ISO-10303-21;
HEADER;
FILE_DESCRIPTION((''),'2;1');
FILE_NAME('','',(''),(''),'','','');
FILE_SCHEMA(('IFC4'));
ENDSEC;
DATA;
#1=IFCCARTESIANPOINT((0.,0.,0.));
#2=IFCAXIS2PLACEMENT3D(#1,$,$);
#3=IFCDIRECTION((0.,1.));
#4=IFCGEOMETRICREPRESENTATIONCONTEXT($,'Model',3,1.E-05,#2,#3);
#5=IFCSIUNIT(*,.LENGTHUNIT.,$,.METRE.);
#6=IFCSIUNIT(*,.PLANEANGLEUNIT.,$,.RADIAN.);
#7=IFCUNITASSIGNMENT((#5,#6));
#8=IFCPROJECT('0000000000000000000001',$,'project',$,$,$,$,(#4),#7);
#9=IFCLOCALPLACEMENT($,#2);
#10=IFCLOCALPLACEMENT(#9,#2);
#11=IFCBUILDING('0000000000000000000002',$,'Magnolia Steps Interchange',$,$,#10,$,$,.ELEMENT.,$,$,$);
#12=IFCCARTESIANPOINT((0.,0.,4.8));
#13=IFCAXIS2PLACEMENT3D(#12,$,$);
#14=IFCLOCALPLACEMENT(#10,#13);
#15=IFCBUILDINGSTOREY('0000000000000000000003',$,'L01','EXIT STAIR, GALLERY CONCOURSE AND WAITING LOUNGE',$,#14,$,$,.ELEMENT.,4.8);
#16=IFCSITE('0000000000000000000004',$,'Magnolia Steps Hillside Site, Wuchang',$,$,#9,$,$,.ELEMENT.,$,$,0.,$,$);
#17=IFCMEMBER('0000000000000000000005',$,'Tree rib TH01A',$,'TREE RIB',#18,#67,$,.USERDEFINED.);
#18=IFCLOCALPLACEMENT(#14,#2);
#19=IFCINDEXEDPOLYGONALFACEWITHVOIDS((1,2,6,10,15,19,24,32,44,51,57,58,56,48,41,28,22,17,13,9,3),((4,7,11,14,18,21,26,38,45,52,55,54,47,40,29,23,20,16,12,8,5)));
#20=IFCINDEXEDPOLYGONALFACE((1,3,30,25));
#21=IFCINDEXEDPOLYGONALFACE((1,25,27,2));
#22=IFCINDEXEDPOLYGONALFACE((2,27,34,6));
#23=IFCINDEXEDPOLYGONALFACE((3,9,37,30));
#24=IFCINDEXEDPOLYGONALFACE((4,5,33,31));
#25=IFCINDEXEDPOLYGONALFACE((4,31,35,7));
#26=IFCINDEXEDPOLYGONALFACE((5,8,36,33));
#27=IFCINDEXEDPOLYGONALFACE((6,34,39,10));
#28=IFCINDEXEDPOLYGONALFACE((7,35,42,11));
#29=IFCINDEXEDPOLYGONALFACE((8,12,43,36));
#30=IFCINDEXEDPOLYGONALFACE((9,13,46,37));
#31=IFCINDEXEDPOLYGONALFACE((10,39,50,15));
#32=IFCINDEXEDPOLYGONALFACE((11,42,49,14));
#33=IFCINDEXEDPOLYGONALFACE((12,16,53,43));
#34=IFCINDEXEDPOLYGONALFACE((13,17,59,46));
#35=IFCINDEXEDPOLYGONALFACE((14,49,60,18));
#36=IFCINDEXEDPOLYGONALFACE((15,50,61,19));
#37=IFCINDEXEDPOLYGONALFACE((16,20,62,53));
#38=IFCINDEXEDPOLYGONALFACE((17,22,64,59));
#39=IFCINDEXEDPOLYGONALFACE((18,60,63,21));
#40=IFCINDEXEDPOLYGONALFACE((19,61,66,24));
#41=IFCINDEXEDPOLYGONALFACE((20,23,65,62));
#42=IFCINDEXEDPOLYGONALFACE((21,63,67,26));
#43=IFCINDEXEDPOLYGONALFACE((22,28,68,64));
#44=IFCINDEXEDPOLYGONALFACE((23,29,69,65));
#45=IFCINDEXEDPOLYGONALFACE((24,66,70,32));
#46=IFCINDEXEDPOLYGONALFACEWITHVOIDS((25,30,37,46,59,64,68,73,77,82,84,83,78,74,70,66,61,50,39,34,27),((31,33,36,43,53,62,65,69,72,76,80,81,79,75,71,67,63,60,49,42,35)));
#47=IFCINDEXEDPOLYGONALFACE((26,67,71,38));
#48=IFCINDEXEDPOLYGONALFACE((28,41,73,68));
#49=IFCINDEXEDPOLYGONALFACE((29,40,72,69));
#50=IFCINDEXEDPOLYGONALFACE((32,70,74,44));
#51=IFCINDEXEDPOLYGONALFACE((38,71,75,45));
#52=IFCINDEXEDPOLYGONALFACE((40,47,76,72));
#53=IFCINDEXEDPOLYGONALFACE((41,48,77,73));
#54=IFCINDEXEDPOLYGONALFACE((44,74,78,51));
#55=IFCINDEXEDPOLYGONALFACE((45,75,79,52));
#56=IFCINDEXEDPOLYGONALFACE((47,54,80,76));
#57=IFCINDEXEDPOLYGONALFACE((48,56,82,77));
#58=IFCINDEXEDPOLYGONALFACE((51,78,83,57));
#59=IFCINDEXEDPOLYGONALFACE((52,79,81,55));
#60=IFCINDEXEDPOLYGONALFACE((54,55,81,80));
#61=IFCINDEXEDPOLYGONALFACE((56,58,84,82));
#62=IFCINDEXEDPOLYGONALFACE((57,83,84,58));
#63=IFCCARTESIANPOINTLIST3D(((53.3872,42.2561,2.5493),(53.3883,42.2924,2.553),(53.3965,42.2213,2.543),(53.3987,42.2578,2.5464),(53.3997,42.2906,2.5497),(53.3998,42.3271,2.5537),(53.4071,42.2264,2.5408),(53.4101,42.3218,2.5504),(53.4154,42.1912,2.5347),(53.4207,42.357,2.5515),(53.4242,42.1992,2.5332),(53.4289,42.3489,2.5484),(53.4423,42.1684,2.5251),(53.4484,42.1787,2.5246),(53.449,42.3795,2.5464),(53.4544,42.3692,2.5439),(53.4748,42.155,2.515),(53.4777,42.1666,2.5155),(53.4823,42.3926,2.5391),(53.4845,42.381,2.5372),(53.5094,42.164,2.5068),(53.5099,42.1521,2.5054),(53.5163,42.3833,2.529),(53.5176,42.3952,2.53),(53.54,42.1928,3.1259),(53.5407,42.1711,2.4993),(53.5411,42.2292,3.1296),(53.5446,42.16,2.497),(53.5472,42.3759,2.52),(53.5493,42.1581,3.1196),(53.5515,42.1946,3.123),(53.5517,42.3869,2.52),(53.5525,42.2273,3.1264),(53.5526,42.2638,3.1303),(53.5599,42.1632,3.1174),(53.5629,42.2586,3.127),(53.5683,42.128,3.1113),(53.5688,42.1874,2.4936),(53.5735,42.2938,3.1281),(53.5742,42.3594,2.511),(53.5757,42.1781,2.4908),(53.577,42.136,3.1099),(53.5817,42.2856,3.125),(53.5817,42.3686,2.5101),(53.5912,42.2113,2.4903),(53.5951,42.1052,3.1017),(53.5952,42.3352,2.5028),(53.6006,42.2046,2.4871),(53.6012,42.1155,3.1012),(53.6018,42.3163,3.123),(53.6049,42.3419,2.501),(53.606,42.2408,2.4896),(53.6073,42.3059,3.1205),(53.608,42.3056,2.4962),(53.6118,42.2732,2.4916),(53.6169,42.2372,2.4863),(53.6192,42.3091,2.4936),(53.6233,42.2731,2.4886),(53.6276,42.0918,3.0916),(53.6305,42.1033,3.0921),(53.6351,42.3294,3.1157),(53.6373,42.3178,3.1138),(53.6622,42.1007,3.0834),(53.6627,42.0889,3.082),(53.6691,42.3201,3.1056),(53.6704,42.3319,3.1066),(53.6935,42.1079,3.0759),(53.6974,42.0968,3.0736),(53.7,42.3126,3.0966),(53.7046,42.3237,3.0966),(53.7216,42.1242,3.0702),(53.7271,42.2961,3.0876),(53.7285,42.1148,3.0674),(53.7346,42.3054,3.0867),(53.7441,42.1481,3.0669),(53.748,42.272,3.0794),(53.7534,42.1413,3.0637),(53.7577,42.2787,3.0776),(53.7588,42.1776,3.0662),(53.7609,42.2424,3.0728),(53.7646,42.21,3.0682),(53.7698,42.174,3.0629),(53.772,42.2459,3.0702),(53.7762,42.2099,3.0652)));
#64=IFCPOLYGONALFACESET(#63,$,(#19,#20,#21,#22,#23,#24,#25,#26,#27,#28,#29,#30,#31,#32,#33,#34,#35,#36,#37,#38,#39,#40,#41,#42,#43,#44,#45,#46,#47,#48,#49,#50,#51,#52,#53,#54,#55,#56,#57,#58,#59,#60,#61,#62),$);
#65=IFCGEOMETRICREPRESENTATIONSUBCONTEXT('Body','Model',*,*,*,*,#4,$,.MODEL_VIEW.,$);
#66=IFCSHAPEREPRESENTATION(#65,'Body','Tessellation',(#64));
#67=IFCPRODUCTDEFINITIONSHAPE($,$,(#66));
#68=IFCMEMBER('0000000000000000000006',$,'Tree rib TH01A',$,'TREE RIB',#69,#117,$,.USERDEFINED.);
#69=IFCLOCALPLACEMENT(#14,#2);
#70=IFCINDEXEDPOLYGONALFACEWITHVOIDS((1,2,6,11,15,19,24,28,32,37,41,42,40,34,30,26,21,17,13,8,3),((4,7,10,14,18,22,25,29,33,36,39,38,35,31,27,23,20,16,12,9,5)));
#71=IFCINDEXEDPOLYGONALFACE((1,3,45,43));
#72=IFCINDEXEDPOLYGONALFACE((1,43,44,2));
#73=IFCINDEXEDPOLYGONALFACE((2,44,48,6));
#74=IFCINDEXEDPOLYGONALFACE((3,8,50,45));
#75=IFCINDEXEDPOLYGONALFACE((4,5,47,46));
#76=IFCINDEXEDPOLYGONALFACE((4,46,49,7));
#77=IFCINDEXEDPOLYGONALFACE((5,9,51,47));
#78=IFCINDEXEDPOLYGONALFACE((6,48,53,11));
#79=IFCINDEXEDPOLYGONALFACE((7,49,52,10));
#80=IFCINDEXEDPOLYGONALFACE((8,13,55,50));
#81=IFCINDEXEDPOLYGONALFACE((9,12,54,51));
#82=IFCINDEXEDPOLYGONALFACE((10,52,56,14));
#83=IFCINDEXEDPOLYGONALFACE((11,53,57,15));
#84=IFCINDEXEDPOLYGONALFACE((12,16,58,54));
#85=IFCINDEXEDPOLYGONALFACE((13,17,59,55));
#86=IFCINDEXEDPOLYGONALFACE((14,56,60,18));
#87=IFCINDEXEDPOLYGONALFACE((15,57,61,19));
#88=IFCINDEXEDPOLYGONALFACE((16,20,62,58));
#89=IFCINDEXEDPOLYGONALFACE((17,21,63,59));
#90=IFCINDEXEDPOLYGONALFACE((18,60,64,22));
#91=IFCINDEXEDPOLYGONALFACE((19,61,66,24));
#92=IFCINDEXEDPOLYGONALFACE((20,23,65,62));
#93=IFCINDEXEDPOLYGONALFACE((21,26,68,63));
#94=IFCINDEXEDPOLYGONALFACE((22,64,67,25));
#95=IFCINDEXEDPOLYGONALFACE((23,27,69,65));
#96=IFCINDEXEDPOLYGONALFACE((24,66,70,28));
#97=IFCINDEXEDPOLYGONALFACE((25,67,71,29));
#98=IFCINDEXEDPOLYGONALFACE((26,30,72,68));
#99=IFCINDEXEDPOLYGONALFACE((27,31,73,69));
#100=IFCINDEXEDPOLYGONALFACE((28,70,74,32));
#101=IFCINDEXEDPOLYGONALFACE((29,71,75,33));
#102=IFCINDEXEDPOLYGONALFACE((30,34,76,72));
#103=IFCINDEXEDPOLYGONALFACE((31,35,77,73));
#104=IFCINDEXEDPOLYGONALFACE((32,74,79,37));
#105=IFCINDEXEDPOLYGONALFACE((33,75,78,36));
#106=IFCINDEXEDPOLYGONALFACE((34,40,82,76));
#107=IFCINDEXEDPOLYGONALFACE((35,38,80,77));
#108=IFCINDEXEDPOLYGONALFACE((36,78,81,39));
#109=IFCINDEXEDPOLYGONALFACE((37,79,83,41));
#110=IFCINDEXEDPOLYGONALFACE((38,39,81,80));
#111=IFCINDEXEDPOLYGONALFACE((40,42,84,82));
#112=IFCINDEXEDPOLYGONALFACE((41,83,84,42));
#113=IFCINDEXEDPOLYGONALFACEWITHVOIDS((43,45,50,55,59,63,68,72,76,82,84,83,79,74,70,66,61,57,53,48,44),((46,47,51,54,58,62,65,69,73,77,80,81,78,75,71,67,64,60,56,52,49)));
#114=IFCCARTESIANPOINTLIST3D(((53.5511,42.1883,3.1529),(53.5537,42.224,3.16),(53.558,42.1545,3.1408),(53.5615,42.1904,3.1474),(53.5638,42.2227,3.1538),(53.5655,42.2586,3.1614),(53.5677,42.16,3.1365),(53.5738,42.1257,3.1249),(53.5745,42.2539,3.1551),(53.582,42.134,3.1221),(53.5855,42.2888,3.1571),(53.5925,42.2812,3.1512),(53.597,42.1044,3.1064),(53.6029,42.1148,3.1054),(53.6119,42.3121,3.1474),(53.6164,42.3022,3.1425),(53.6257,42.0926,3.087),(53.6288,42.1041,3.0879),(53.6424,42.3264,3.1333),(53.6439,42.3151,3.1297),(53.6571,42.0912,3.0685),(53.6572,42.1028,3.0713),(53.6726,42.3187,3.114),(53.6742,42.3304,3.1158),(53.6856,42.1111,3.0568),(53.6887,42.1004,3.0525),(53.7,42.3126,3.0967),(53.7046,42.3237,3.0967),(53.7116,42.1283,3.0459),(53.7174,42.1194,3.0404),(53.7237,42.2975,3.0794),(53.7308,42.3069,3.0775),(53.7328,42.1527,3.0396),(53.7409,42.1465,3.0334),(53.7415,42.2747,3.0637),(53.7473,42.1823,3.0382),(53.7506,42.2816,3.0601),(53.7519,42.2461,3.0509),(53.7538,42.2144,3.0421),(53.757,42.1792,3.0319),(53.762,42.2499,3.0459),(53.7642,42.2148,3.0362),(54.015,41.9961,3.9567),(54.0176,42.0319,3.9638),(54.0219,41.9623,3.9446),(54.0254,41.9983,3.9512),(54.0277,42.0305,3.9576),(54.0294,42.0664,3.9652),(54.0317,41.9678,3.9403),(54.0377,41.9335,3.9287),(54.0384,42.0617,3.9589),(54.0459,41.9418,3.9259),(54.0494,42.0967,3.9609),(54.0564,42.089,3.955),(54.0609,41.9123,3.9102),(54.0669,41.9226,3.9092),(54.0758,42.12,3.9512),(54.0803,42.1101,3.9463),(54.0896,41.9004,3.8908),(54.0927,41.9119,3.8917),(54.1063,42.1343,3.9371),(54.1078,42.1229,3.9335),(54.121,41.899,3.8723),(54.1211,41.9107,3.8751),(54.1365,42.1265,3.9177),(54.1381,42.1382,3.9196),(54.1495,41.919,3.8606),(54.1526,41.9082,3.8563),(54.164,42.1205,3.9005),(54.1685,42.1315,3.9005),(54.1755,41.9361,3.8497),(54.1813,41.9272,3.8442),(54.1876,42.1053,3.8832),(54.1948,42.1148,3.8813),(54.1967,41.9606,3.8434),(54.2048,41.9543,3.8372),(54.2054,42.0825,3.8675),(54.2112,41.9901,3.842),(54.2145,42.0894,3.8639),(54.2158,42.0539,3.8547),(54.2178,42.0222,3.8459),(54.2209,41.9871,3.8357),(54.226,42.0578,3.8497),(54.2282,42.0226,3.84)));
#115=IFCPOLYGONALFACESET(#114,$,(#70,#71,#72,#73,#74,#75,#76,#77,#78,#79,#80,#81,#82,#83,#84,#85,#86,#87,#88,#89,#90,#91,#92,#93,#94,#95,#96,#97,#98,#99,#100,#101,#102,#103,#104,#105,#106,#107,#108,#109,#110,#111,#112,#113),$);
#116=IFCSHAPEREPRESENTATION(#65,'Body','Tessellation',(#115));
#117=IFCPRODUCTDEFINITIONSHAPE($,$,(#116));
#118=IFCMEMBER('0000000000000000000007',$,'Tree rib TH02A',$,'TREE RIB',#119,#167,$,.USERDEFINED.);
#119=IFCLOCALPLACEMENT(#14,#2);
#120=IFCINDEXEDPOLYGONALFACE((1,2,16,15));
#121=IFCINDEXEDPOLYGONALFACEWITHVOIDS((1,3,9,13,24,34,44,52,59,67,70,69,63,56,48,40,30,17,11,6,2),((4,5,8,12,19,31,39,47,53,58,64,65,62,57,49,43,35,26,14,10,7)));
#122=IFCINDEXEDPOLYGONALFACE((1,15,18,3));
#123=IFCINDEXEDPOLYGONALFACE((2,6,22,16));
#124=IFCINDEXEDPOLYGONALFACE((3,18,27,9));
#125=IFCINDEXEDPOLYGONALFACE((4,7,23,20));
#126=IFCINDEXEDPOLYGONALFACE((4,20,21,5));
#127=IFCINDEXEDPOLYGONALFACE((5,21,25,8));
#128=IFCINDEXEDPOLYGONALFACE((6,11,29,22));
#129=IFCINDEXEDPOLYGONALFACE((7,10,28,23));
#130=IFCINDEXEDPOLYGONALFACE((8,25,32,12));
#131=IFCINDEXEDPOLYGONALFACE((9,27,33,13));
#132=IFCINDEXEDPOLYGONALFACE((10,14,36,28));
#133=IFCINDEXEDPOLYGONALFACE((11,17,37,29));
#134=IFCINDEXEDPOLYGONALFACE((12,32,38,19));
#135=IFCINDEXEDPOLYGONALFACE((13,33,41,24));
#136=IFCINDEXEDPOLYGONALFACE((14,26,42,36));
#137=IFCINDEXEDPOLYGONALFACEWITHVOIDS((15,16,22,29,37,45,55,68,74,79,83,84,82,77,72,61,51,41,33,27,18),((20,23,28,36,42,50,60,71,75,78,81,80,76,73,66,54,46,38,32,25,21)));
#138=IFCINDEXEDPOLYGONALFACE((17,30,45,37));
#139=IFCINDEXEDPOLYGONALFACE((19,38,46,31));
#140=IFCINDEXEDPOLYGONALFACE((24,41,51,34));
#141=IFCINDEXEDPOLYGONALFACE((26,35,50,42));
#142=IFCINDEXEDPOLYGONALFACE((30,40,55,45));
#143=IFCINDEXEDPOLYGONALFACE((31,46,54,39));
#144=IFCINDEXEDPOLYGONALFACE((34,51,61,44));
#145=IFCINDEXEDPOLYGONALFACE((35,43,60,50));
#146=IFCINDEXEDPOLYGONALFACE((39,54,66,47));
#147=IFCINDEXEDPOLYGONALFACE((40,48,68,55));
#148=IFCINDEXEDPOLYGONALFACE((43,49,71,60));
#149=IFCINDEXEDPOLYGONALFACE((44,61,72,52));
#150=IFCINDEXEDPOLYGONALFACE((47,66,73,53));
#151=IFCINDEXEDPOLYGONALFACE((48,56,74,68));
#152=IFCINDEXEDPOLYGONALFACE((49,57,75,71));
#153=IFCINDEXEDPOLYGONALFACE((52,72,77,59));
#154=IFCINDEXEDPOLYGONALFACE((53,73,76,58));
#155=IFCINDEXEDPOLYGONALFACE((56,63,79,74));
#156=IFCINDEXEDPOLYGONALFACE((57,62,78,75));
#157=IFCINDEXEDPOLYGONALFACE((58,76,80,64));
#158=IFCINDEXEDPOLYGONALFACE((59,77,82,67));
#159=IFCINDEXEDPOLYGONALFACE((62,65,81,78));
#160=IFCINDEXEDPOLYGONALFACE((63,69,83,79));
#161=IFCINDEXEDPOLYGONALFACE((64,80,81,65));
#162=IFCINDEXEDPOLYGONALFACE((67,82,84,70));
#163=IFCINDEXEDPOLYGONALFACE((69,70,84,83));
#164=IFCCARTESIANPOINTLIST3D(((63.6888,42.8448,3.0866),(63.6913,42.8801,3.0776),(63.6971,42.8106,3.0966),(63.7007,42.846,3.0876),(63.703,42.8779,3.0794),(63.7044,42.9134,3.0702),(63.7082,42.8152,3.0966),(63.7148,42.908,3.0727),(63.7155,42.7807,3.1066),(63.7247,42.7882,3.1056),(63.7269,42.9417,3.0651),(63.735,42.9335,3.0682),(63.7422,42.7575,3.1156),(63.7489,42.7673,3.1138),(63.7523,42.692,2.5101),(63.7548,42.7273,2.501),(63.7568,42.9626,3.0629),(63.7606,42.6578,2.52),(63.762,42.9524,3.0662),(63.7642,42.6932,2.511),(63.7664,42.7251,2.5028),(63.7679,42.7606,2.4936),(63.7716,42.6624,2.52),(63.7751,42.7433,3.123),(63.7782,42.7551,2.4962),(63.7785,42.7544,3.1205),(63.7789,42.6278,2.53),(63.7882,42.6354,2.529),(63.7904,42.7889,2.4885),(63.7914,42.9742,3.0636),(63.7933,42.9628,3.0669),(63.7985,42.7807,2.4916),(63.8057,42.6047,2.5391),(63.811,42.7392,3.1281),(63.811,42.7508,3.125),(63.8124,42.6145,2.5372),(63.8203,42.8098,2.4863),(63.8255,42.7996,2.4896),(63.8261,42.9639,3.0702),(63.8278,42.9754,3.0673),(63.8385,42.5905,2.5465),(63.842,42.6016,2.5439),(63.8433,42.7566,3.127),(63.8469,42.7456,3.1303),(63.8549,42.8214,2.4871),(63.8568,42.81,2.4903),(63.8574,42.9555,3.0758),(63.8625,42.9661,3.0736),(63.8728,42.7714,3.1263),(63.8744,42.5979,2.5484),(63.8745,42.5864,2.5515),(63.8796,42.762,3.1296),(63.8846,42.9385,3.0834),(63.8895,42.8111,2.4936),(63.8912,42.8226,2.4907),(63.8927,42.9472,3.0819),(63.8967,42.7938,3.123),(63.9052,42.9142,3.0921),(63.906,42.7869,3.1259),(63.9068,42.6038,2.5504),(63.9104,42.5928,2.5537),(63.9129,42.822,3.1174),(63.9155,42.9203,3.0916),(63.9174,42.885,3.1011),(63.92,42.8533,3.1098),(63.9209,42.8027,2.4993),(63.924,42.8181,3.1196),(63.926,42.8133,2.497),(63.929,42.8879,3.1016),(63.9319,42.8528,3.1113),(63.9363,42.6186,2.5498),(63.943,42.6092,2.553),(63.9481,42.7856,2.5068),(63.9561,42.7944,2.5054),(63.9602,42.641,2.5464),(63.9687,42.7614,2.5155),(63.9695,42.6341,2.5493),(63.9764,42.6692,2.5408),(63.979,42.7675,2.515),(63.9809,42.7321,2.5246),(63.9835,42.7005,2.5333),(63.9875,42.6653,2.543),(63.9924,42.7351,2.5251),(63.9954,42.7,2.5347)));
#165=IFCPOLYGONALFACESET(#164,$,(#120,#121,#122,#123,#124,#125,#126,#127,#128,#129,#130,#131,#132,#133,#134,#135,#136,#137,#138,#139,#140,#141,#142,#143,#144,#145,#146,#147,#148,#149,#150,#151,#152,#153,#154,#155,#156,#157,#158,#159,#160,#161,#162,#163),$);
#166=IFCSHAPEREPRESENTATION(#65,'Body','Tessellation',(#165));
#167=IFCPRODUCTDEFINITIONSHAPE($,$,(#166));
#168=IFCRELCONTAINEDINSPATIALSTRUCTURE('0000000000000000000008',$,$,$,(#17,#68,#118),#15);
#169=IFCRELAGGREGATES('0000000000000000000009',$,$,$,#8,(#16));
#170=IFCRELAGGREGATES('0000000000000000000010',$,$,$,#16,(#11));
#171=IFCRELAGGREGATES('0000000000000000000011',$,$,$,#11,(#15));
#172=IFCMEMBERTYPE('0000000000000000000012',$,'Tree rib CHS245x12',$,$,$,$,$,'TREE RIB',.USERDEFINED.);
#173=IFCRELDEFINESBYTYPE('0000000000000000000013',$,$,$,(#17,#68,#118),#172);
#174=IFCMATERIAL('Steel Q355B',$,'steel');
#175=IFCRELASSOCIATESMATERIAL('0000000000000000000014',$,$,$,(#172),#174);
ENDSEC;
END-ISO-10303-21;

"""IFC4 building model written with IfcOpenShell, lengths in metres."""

from ifc_helpers import new_model, si_unit, direction, frame, origin, origin_2d, place, context, subcontext, project, spatial, hollow_circle, extrude, material, material_profile, profile_set, type_object, element, save


model = new_model("IFC4")

# Units and contexts
model_context = context("Model", 3, precision=1e-05, world=origin(), true_north=direction((0.0, 1.0)))
body_context = subcontext(model_context, "Body", "Model", "MODEL_VIEW")
ifc_project = project(units=[si_unit("LENGTHUNIT", "METRE"), si_unit("PLANEANGLEUNIT", "RADIAN")], contexts=[model_context])

# Site, building, storey
site_placement = place(None, origin())
site = spatial("IfcSite", under=ifc_project, at=site_placement, Name="Magnolia Steps Hillside Site, Wuchang", CompositionType="ELEMENT", RefElevation=0.0)
building_placement = place(site_placement, origin())
building = spatial("IfcBuilding", under=site, at=building_placement, Name="Magnolia Steps Interchange", CompositionType="ELEMENT")
storey_placement = place(building_placement, frame((0.0, 0.0, 4.8)))
storey = spatial("IfcBuildingStorey", under=building, at=storey_placement, Name="L01", Description="EXIT STAIR, GALLERY CONCOURSE AND WAITING LOUNGE", CompositionType="ELEMENT", Elevation=4.8)

# Members
ifc_material_1 = material(Name="Steel Q355B", Category="steel")
ifc_material_profile_1 = material_profile(ifc_material_1, hollow_circle(Radius=0.1226, WallThickness=0.012, at=origin_2d()), Name="CHS245x12")
ifc_profile_set_1 = profile_set([ifc_material_profile_1], Name="Steel Q355B")
member_type = type_object("IfcMemberType", Name="Tree rib CHS245x12", ElementType="TREE RIB", PredefinedType="USERDEFINED", material=ifc_profile_set_1)
member_1_placement = place(storey_placement, frame((53.5049, 42.2737, 2.52), z_axis=(0.254758, -0.105403, 0.961243), x_axis=(0.382308, 0.924035, 0.0)))
element("IfcMember", 1, at=member_1_placement, inside=storey, type_object=member_type, Name="Tree rib TH01A", ObjectType="TREE RIB", PredefinedType="USERDEFINED", context=body_context, shape_type="SweptSolid", body=[
    extrude(hollow_circle(Radius=0.1226, WallThickness=0.012, at=origin_2d()), origin(), (0.0, 0.0, 1.0), 0.5999),
])
member_2_placement = place(storey_placement, frame((53.6577, 42.2104, 3.0967), z_axis=(0.489492, -0.202753, 0.848109), x_axis=(0.382681, 0.923881, 0.0)))
element("IfcMember", 2, at=member_2_placement, inside=storey, type_object=member_type, Name="Tree rib TH01A", ObjectType="TREE RIB", PredefinedType="USERDEFINED", context=body_context, shape_type="SweptSolid", body=[
    extrude(hollow_circle(Radius=0.1226, WallThickness=0.012, at=origin_2d()), origin(), (0.0, 0.0, 1.0), 0.9478),
])
for number, where, z_axis, x_axis, name in (
    (3, (63.8738, 42.7048, 2.52), (-0.105805, 0.254747, 0.961202), (-0.923513, -0.383568, 0.0), "Tree rib TH02A"),
):
    element("IfcMember", number, at=place(storey_placement, frame(where, z_axis=z_axis, x_axis=x_axis)), inside=storey, type_object=member_type, Name=name, ObjectType="TREE RIB", PredefinedType="USERDEFINED", context=body_context, shape_type="SweptSolid", body=[
        extrude(hollow_circle(Radius=0.1226, WallThickness=0.012, at=origin_2d()), origin(), (0.0, 0.0, 1.0), 0.5999),
    ])

save(model, "model.ifc")
